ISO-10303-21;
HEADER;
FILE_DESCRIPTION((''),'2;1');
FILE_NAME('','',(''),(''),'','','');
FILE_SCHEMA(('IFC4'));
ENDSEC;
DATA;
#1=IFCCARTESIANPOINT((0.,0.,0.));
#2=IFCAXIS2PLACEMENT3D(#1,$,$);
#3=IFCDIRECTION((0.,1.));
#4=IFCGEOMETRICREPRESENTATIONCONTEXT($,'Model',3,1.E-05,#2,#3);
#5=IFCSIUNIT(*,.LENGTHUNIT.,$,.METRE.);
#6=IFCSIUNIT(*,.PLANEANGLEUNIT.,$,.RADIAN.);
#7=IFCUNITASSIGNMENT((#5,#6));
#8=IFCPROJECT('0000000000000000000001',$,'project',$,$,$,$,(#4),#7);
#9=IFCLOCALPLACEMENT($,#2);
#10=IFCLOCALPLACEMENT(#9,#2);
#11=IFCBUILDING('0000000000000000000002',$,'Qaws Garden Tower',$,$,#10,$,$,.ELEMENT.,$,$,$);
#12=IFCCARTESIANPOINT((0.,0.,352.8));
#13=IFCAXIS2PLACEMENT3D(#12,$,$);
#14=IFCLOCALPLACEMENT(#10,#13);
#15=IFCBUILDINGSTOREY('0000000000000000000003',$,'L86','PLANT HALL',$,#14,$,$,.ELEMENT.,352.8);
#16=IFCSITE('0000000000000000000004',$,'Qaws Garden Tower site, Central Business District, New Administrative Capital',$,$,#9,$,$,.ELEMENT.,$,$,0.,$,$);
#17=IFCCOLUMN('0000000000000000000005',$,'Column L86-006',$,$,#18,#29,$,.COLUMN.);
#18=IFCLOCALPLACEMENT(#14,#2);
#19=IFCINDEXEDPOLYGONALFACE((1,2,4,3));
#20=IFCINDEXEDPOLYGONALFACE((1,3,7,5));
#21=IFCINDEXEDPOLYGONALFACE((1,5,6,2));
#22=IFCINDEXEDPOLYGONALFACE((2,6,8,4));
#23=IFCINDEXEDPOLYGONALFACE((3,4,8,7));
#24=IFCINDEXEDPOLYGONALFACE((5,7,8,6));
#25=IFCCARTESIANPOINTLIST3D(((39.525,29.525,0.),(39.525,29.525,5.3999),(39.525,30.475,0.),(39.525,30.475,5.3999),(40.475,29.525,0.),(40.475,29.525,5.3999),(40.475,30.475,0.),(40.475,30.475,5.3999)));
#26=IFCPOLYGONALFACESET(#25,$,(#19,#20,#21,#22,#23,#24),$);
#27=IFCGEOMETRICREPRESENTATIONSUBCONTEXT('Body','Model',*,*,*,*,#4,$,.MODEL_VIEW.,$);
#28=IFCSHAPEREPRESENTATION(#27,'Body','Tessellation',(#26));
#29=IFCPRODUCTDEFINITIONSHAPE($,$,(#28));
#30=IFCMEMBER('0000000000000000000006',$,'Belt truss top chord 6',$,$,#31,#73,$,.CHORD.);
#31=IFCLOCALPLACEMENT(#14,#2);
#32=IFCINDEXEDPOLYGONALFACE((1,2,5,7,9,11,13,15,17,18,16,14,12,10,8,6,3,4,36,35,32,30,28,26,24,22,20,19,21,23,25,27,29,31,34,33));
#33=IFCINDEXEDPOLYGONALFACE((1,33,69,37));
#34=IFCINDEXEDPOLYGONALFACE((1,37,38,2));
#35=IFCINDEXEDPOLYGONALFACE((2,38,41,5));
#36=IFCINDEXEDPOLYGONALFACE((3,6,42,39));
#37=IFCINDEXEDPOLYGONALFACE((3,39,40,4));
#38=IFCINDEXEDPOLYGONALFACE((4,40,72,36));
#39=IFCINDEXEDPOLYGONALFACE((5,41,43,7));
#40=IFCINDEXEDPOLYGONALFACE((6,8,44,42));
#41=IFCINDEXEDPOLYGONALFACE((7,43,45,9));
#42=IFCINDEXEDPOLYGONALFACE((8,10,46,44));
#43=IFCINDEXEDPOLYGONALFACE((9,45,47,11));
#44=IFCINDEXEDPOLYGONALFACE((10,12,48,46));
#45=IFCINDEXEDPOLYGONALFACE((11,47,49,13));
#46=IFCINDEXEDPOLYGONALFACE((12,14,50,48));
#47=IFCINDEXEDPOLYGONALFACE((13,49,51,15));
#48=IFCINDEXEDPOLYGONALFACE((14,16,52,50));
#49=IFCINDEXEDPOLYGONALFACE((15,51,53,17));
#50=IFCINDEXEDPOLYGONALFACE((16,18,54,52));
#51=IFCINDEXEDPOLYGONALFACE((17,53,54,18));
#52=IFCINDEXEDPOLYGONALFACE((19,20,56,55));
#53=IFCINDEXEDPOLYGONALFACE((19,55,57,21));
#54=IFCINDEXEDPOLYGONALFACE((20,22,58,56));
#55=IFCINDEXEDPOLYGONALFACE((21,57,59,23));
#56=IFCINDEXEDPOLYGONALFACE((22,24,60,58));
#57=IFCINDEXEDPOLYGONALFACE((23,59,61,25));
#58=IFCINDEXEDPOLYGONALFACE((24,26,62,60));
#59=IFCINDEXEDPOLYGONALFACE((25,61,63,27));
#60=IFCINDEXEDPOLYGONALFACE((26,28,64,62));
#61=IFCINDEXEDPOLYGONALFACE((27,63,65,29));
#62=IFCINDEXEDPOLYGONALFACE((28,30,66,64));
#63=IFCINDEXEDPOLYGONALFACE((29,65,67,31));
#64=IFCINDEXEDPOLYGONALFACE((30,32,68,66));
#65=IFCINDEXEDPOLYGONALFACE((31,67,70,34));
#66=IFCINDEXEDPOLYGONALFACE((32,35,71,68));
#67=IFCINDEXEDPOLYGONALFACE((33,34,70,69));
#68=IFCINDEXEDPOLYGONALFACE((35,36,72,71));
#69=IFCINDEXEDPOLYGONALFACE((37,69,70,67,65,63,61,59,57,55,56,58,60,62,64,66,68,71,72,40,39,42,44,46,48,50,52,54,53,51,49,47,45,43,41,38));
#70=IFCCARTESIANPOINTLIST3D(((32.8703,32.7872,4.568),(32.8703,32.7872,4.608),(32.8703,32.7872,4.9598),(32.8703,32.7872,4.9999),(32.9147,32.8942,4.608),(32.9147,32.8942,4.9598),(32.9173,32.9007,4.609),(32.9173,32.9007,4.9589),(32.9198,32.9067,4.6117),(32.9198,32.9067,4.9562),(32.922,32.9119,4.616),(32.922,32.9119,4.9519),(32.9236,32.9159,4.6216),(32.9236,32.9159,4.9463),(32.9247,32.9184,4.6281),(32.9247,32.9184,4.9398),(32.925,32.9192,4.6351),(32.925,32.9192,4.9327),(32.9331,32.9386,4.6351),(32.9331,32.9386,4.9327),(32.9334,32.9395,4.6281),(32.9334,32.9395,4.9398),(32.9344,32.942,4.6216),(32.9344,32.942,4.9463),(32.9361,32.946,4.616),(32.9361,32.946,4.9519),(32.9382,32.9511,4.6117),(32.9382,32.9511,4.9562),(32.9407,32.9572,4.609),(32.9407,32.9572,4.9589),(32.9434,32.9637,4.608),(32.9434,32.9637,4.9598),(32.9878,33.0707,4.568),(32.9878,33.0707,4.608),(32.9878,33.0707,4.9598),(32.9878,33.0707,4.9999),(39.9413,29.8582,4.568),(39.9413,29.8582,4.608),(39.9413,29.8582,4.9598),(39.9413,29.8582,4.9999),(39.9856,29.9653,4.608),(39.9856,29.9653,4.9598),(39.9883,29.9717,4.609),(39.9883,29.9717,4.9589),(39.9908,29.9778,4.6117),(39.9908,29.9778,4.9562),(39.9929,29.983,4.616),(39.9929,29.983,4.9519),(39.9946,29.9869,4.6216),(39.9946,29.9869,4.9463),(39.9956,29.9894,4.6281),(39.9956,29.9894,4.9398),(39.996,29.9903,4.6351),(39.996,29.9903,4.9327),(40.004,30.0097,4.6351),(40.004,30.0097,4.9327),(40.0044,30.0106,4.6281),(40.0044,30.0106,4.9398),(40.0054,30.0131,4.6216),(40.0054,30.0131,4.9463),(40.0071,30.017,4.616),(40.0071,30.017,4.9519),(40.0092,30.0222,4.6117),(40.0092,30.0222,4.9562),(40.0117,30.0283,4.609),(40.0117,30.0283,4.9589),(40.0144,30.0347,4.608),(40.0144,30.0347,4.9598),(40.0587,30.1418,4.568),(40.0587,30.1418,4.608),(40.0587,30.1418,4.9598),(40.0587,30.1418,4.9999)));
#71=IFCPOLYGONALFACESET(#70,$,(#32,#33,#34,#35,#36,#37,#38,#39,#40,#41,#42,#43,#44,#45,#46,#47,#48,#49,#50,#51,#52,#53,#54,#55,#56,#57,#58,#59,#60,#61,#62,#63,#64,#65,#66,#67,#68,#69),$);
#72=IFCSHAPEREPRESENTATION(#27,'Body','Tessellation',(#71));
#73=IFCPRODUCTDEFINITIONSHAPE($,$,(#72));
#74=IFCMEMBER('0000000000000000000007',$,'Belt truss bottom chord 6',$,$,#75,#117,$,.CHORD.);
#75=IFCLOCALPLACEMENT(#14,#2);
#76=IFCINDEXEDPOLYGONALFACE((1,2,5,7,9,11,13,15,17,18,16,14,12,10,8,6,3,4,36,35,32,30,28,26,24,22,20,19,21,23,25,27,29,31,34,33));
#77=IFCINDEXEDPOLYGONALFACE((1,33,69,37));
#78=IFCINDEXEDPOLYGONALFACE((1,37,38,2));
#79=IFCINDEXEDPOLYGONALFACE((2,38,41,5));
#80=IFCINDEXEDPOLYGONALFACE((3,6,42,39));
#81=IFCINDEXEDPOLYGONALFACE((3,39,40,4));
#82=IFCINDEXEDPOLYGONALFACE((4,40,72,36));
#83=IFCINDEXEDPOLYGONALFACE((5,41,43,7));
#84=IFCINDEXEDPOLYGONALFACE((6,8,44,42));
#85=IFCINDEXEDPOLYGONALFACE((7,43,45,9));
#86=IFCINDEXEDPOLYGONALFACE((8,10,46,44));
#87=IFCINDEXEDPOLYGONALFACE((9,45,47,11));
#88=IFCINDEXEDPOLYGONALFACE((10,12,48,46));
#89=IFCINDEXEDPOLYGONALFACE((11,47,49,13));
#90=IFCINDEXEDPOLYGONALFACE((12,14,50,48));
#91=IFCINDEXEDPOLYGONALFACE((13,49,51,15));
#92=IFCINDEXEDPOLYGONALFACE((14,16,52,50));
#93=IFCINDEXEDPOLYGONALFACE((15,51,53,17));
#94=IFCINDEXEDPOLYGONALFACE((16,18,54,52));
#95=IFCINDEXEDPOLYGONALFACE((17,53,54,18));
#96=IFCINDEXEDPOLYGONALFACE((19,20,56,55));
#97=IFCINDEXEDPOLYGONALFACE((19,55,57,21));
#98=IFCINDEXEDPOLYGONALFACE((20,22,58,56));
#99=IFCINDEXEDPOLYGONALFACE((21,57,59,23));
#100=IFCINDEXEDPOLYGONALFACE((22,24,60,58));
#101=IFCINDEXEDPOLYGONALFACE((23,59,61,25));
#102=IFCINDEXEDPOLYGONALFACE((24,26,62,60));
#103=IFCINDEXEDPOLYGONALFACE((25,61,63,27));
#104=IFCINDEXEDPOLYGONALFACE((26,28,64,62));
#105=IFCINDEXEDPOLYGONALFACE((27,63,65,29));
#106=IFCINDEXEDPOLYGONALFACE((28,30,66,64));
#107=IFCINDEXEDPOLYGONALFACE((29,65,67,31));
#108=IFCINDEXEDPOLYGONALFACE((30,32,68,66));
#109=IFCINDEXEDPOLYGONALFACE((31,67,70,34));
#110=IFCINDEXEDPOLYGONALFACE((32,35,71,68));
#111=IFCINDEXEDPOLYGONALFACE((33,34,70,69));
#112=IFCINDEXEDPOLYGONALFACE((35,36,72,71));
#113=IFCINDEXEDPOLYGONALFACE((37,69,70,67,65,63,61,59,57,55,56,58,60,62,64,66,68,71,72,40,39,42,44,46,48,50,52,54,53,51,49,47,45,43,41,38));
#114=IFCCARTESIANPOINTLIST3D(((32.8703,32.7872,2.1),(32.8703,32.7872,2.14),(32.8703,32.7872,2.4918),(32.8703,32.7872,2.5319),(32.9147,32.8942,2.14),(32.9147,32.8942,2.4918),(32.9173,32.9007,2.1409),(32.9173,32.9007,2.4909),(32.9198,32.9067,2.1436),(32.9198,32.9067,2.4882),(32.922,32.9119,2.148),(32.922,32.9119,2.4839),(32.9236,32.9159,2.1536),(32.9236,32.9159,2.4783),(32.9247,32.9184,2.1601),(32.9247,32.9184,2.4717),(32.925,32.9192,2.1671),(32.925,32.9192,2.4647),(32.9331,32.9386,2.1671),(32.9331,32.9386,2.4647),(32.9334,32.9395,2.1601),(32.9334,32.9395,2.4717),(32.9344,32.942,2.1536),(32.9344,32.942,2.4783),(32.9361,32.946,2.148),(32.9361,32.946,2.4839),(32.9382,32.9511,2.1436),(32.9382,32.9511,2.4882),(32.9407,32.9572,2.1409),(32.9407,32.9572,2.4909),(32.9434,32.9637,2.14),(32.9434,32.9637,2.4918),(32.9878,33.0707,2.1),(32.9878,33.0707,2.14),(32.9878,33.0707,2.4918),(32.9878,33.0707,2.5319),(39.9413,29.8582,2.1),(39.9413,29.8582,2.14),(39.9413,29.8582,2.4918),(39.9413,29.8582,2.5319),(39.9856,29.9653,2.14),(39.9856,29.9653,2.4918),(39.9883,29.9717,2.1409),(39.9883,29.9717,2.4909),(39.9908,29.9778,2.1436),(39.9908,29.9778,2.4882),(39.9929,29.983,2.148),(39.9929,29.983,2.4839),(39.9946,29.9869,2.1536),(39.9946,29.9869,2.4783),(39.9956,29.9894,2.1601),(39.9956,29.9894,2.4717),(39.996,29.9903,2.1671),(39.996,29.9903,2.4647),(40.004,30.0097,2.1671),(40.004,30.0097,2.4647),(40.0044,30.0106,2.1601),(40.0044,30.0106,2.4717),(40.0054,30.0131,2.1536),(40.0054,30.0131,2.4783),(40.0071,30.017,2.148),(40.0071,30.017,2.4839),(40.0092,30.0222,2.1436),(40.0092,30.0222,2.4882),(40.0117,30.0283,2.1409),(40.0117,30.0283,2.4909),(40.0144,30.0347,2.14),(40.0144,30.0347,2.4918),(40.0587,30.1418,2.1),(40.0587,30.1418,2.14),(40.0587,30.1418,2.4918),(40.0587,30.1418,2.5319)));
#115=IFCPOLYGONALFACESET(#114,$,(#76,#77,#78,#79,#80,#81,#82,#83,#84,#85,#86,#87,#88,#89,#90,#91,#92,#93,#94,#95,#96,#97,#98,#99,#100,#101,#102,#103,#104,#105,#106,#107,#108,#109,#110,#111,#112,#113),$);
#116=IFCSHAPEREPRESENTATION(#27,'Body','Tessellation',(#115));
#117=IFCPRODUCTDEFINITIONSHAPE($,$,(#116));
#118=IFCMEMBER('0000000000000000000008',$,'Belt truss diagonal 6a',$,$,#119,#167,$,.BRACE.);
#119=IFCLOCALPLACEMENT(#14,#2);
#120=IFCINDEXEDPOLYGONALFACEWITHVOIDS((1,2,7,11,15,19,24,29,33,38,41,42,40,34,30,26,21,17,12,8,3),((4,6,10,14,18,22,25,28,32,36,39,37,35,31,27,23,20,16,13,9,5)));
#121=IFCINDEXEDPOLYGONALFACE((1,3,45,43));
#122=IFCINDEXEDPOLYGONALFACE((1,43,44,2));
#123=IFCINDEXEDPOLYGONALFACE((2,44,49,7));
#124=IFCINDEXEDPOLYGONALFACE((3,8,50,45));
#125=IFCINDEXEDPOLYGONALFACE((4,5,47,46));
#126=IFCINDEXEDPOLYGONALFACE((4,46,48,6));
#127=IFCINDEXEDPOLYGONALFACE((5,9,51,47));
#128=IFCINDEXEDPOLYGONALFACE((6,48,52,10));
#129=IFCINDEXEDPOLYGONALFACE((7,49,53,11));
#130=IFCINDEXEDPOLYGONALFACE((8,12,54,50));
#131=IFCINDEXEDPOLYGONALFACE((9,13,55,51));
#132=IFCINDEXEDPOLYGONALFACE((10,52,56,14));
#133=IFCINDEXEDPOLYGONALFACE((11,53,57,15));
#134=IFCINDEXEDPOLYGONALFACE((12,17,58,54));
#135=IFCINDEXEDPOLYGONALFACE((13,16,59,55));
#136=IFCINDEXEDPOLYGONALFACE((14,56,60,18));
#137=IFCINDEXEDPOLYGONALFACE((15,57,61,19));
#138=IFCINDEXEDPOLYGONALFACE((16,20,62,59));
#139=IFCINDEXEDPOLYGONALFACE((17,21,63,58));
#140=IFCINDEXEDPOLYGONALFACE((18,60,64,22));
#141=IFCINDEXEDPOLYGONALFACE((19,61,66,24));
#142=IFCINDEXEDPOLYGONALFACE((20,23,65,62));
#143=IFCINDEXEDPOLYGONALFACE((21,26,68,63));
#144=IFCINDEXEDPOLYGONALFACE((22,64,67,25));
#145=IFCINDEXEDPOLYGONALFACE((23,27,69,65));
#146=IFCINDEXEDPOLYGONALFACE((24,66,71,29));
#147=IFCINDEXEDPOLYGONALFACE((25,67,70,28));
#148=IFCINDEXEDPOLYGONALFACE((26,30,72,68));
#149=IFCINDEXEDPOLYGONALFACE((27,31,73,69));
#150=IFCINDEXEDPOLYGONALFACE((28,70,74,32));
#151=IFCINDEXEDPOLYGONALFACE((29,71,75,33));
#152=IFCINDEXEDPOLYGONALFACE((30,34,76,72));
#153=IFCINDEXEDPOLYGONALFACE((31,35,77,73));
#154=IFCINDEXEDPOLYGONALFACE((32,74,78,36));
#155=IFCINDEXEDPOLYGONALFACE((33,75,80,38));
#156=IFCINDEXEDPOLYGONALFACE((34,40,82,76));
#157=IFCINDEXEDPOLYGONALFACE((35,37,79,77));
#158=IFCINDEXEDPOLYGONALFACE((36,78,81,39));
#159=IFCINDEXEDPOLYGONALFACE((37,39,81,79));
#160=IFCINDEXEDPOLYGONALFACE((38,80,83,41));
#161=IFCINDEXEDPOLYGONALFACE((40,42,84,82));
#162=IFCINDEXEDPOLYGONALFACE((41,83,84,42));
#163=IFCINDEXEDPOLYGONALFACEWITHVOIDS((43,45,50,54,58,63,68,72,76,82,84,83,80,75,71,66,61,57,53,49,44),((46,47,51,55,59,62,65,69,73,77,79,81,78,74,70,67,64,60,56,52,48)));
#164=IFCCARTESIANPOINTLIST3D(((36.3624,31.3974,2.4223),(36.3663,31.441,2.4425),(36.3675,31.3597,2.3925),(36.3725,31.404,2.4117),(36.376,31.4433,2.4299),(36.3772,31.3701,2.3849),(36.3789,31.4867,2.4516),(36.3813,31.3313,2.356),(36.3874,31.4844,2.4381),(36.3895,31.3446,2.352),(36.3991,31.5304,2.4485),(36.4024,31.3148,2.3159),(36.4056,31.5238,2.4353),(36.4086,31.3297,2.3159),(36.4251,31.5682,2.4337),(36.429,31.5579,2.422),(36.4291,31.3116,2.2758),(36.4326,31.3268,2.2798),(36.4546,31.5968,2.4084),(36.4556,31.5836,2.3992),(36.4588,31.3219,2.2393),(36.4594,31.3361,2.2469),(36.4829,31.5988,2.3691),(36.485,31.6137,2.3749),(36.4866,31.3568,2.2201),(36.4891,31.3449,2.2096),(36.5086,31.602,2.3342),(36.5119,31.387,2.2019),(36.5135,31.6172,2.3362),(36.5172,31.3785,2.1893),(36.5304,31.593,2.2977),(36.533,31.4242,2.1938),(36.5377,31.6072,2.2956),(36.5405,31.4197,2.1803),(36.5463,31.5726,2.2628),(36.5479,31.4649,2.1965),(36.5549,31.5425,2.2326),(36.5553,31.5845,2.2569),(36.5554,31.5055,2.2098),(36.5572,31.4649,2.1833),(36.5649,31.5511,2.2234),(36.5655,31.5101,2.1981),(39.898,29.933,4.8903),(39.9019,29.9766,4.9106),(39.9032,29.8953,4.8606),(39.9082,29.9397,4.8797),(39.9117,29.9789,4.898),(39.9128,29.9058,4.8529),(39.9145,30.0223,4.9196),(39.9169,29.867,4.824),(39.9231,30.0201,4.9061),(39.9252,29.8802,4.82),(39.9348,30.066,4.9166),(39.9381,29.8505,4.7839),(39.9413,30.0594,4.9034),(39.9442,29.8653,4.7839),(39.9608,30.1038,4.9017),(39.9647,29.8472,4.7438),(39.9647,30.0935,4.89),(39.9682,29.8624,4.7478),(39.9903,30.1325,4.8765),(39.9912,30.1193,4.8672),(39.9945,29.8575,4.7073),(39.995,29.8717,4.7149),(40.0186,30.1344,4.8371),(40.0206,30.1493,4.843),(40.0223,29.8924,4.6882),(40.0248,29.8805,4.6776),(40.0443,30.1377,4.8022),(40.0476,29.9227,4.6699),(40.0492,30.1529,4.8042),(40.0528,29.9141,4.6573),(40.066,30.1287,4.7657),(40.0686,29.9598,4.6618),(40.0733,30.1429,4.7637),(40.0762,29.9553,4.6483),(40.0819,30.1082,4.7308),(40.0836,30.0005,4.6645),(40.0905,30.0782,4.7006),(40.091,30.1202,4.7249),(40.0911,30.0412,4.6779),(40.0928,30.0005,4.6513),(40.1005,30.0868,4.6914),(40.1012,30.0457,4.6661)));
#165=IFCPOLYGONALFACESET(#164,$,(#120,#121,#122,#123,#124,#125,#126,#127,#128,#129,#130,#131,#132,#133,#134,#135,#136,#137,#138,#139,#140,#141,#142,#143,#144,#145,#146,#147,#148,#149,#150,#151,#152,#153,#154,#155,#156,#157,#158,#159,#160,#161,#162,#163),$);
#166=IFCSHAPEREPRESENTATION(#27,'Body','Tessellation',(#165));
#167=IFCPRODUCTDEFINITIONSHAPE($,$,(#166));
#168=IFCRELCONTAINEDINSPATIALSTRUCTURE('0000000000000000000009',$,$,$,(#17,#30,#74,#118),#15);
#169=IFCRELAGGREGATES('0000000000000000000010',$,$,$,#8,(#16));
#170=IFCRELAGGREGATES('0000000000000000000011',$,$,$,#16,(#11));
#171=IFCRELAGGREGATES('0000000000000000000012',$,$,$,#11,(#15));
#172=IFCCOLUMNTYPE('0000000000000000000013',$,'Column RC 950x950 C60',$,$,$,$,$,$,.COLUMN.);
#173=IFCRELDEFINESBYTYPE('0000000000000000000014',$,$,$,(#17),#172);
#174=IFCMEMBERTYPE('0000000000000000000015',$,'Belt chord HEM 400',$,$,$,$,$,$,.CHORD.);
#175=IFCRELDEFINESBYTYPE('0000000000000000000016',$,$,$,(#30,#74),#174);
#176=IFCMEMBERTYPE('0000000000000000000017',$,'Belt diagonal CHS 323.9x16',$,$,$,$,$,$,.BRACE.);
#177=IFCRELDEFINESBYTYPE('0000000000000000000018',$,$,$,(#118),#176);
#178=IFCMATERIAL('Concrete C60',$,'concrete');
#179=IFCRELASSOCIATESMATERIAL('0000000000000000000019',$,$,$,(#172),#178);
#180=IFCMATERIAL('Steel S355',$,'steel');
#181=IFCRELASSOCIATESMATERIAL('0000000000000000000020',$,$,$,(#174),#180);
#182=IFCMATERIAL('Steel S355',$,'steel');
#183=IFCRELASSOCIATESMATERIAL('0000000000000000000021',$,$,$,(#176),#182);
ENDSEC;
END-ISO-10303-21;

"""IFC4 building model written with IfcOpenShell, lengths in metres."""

from ifc_helpers import new_model, si_unit, direction, frame, origin, origin_2d, place, context, subcontext, project, spatial, rectangle, hollow_circle, i_section, extrude, material, material_profile, profile_set, type_object, element, save


model = new_model("IFC4")

# Units and contexts
model_context = context("Model", 3, precision=1e-05, world=origin(), true_north=direction((0.0, 1.0)))
body_context = subcontext(model_context, "Body", "Model", "MODEL_VIEW")
ifc_project = project(units=[si_unit("LENGTHUNIT", "METRE"), si_unit("PLANEANGLEUNIT", "RADIAN")], contexts=[model_context])

# Site, building, storey
site_placement = place(None, origin())
site = spatial("IfcSite", under=ifc_project, at=site_placement, Name="Qaws Garden Tower site, Central Business District, New Administrative Capital", CompositionType="ELEMENT", RefElevation=0.0)
building_placement = place(site_placement, origin())
building = spatial("IfcBuilding", under=site, at=building_placement, Name="Qaws Garden Tower", CompositionType="ELEMENT")
storey_placement = place(building_placement, frame((0.0, 0.0, 352.8)))
storey = spatial("IfcBuildingStorey", under=building, at=storey_placement, Name="L86", Description="PLANT HALL", CompositionType="ELEMENT", Elevation=352.8)

# Column
ifc_material_1 = material(Name="Concrete C60", Category="concrete")
ifc_material_profile_1 = material_profile(ifc_material_1, rectangle(XDim=0.95, YDim=0.95, at=origin_2d()), Name="RC 950x950")
ifc_profile_set_1 = profile_set([ifc_material_profile_1], Name="Concrete C60")
column_type = type_object("IfcColumnType", Name="Column RC 950x950 C60", PredefinedType="COLUMN", material=ifc_profile_set_1)
column_placement = place(storey_placement, frame((40.0, 30.0, 0.0), z_axis=(0.0, 0.0, 1.0), x_axis=(1.0, 0.0, 0.0)))
element("IfcColumn", 1, at=column_placement, inside=storey, type_object=column_type, Name="Column L86-006", PredefinedType="COLUMN", context=body_context, shape_type="SweptSolid", body=[
    extrude(rectangle(XDim=0.95, YDim=0.95, at=origin_2d()), origin(), (0.0, 0.0, 1.0), 5.3999),
])

# Members
ifc_material_2 = material(Name="Steel S355", Category="steel")
ifc_material_profile_2 = material_profile(ifc_material_2, i_section(OverallWidth=0.3069, OverallDepth=0.4319, WebThickness=0.021, FlangeThickness=0.04, FilletRadius=0.0271, at=origin_2d()), Name="HEM 400")
ifc_profile_set_2 = profile_set([ifc_material_profile_2], Name="Steel S355")
member_type_1 = type_object("IfcMemberType", Name="Belt chord HEM 400", PredefinedType="CHORD", material=ifc_profile_set_2)
for number, where, z_axis, x_axis, name in (
    (2, (40.0, 30.0, 4.7839), (-0.923878, 0.382687, 0.0), (-0.382687, -0.923878, 0.0), "Belt truss top chord 6"),
    (3, (40.0, 30.0, 2.3159), (-0.923878, 0.382687, 0.0), (-0.382687, -0.923878, 0.0), "Belt truss bottom chord 6"),
):
    element("IfcMember", number, at=place(storey_placement, frame(where, z_axis=z_axis, x_axis=x_axis)), inside=storey, type_object=member_type_1, Name=name, PredefinedType="CHORD", context=body_context, shape_type="SweptSolid", body=[
        extrude(i_section(OverallWidth=0.3069, OverallDepth=0.4319, WebThickness=0.021, FlangeThickness=0.04, FilletRadius=0.0271, at=origin_2d()), origin(), (0.0, 0.0, 1.0), 7.6536),
    ])
ifc_material_3 = material(Name="Steel S355", Category="steel")
ifc_material_profile_3 = material_profile(ifc_material_3, hollow_circle(Radius=0.1619, WallThickness=0.0161, at=origin_2d()), Name="CHS 323.9x16")
ifc_profile_set_3 = profile_set([ifc_material_profile_3], Name="Steel S355")
member_type_2 = type_object("IfcMemberType", Name="Belt diagonal CHS 323.9x16", PredefinedType="BRACE", material=ifc_profile_set_3)
for number, where, z_axis, x_axis, name in (
    (4, (40.0, 30.0, 4.7839), (-0.776432, 0.321575, -0.54198), (-0.382649, -0.923894, 0.0), "Belt truss diagonal 6a"),
):
    element("IfcMember", number, at=place(storey_placement, frame(where, z_axis=z_axis, x_axis=x_axis)), inside=storey, type_object=member_type_2, Name=name, PredefinedType="BRACE", context=body_context, shape_type="SweptSolid", body=[
        extrude(hollow_circle(Radius=0.1619, WallThickness=0.0161, at=origin_2d()), origin(), (0.0, 0.0, 1.0), 4.5537),
    ])

save(model, "model.ifc")
